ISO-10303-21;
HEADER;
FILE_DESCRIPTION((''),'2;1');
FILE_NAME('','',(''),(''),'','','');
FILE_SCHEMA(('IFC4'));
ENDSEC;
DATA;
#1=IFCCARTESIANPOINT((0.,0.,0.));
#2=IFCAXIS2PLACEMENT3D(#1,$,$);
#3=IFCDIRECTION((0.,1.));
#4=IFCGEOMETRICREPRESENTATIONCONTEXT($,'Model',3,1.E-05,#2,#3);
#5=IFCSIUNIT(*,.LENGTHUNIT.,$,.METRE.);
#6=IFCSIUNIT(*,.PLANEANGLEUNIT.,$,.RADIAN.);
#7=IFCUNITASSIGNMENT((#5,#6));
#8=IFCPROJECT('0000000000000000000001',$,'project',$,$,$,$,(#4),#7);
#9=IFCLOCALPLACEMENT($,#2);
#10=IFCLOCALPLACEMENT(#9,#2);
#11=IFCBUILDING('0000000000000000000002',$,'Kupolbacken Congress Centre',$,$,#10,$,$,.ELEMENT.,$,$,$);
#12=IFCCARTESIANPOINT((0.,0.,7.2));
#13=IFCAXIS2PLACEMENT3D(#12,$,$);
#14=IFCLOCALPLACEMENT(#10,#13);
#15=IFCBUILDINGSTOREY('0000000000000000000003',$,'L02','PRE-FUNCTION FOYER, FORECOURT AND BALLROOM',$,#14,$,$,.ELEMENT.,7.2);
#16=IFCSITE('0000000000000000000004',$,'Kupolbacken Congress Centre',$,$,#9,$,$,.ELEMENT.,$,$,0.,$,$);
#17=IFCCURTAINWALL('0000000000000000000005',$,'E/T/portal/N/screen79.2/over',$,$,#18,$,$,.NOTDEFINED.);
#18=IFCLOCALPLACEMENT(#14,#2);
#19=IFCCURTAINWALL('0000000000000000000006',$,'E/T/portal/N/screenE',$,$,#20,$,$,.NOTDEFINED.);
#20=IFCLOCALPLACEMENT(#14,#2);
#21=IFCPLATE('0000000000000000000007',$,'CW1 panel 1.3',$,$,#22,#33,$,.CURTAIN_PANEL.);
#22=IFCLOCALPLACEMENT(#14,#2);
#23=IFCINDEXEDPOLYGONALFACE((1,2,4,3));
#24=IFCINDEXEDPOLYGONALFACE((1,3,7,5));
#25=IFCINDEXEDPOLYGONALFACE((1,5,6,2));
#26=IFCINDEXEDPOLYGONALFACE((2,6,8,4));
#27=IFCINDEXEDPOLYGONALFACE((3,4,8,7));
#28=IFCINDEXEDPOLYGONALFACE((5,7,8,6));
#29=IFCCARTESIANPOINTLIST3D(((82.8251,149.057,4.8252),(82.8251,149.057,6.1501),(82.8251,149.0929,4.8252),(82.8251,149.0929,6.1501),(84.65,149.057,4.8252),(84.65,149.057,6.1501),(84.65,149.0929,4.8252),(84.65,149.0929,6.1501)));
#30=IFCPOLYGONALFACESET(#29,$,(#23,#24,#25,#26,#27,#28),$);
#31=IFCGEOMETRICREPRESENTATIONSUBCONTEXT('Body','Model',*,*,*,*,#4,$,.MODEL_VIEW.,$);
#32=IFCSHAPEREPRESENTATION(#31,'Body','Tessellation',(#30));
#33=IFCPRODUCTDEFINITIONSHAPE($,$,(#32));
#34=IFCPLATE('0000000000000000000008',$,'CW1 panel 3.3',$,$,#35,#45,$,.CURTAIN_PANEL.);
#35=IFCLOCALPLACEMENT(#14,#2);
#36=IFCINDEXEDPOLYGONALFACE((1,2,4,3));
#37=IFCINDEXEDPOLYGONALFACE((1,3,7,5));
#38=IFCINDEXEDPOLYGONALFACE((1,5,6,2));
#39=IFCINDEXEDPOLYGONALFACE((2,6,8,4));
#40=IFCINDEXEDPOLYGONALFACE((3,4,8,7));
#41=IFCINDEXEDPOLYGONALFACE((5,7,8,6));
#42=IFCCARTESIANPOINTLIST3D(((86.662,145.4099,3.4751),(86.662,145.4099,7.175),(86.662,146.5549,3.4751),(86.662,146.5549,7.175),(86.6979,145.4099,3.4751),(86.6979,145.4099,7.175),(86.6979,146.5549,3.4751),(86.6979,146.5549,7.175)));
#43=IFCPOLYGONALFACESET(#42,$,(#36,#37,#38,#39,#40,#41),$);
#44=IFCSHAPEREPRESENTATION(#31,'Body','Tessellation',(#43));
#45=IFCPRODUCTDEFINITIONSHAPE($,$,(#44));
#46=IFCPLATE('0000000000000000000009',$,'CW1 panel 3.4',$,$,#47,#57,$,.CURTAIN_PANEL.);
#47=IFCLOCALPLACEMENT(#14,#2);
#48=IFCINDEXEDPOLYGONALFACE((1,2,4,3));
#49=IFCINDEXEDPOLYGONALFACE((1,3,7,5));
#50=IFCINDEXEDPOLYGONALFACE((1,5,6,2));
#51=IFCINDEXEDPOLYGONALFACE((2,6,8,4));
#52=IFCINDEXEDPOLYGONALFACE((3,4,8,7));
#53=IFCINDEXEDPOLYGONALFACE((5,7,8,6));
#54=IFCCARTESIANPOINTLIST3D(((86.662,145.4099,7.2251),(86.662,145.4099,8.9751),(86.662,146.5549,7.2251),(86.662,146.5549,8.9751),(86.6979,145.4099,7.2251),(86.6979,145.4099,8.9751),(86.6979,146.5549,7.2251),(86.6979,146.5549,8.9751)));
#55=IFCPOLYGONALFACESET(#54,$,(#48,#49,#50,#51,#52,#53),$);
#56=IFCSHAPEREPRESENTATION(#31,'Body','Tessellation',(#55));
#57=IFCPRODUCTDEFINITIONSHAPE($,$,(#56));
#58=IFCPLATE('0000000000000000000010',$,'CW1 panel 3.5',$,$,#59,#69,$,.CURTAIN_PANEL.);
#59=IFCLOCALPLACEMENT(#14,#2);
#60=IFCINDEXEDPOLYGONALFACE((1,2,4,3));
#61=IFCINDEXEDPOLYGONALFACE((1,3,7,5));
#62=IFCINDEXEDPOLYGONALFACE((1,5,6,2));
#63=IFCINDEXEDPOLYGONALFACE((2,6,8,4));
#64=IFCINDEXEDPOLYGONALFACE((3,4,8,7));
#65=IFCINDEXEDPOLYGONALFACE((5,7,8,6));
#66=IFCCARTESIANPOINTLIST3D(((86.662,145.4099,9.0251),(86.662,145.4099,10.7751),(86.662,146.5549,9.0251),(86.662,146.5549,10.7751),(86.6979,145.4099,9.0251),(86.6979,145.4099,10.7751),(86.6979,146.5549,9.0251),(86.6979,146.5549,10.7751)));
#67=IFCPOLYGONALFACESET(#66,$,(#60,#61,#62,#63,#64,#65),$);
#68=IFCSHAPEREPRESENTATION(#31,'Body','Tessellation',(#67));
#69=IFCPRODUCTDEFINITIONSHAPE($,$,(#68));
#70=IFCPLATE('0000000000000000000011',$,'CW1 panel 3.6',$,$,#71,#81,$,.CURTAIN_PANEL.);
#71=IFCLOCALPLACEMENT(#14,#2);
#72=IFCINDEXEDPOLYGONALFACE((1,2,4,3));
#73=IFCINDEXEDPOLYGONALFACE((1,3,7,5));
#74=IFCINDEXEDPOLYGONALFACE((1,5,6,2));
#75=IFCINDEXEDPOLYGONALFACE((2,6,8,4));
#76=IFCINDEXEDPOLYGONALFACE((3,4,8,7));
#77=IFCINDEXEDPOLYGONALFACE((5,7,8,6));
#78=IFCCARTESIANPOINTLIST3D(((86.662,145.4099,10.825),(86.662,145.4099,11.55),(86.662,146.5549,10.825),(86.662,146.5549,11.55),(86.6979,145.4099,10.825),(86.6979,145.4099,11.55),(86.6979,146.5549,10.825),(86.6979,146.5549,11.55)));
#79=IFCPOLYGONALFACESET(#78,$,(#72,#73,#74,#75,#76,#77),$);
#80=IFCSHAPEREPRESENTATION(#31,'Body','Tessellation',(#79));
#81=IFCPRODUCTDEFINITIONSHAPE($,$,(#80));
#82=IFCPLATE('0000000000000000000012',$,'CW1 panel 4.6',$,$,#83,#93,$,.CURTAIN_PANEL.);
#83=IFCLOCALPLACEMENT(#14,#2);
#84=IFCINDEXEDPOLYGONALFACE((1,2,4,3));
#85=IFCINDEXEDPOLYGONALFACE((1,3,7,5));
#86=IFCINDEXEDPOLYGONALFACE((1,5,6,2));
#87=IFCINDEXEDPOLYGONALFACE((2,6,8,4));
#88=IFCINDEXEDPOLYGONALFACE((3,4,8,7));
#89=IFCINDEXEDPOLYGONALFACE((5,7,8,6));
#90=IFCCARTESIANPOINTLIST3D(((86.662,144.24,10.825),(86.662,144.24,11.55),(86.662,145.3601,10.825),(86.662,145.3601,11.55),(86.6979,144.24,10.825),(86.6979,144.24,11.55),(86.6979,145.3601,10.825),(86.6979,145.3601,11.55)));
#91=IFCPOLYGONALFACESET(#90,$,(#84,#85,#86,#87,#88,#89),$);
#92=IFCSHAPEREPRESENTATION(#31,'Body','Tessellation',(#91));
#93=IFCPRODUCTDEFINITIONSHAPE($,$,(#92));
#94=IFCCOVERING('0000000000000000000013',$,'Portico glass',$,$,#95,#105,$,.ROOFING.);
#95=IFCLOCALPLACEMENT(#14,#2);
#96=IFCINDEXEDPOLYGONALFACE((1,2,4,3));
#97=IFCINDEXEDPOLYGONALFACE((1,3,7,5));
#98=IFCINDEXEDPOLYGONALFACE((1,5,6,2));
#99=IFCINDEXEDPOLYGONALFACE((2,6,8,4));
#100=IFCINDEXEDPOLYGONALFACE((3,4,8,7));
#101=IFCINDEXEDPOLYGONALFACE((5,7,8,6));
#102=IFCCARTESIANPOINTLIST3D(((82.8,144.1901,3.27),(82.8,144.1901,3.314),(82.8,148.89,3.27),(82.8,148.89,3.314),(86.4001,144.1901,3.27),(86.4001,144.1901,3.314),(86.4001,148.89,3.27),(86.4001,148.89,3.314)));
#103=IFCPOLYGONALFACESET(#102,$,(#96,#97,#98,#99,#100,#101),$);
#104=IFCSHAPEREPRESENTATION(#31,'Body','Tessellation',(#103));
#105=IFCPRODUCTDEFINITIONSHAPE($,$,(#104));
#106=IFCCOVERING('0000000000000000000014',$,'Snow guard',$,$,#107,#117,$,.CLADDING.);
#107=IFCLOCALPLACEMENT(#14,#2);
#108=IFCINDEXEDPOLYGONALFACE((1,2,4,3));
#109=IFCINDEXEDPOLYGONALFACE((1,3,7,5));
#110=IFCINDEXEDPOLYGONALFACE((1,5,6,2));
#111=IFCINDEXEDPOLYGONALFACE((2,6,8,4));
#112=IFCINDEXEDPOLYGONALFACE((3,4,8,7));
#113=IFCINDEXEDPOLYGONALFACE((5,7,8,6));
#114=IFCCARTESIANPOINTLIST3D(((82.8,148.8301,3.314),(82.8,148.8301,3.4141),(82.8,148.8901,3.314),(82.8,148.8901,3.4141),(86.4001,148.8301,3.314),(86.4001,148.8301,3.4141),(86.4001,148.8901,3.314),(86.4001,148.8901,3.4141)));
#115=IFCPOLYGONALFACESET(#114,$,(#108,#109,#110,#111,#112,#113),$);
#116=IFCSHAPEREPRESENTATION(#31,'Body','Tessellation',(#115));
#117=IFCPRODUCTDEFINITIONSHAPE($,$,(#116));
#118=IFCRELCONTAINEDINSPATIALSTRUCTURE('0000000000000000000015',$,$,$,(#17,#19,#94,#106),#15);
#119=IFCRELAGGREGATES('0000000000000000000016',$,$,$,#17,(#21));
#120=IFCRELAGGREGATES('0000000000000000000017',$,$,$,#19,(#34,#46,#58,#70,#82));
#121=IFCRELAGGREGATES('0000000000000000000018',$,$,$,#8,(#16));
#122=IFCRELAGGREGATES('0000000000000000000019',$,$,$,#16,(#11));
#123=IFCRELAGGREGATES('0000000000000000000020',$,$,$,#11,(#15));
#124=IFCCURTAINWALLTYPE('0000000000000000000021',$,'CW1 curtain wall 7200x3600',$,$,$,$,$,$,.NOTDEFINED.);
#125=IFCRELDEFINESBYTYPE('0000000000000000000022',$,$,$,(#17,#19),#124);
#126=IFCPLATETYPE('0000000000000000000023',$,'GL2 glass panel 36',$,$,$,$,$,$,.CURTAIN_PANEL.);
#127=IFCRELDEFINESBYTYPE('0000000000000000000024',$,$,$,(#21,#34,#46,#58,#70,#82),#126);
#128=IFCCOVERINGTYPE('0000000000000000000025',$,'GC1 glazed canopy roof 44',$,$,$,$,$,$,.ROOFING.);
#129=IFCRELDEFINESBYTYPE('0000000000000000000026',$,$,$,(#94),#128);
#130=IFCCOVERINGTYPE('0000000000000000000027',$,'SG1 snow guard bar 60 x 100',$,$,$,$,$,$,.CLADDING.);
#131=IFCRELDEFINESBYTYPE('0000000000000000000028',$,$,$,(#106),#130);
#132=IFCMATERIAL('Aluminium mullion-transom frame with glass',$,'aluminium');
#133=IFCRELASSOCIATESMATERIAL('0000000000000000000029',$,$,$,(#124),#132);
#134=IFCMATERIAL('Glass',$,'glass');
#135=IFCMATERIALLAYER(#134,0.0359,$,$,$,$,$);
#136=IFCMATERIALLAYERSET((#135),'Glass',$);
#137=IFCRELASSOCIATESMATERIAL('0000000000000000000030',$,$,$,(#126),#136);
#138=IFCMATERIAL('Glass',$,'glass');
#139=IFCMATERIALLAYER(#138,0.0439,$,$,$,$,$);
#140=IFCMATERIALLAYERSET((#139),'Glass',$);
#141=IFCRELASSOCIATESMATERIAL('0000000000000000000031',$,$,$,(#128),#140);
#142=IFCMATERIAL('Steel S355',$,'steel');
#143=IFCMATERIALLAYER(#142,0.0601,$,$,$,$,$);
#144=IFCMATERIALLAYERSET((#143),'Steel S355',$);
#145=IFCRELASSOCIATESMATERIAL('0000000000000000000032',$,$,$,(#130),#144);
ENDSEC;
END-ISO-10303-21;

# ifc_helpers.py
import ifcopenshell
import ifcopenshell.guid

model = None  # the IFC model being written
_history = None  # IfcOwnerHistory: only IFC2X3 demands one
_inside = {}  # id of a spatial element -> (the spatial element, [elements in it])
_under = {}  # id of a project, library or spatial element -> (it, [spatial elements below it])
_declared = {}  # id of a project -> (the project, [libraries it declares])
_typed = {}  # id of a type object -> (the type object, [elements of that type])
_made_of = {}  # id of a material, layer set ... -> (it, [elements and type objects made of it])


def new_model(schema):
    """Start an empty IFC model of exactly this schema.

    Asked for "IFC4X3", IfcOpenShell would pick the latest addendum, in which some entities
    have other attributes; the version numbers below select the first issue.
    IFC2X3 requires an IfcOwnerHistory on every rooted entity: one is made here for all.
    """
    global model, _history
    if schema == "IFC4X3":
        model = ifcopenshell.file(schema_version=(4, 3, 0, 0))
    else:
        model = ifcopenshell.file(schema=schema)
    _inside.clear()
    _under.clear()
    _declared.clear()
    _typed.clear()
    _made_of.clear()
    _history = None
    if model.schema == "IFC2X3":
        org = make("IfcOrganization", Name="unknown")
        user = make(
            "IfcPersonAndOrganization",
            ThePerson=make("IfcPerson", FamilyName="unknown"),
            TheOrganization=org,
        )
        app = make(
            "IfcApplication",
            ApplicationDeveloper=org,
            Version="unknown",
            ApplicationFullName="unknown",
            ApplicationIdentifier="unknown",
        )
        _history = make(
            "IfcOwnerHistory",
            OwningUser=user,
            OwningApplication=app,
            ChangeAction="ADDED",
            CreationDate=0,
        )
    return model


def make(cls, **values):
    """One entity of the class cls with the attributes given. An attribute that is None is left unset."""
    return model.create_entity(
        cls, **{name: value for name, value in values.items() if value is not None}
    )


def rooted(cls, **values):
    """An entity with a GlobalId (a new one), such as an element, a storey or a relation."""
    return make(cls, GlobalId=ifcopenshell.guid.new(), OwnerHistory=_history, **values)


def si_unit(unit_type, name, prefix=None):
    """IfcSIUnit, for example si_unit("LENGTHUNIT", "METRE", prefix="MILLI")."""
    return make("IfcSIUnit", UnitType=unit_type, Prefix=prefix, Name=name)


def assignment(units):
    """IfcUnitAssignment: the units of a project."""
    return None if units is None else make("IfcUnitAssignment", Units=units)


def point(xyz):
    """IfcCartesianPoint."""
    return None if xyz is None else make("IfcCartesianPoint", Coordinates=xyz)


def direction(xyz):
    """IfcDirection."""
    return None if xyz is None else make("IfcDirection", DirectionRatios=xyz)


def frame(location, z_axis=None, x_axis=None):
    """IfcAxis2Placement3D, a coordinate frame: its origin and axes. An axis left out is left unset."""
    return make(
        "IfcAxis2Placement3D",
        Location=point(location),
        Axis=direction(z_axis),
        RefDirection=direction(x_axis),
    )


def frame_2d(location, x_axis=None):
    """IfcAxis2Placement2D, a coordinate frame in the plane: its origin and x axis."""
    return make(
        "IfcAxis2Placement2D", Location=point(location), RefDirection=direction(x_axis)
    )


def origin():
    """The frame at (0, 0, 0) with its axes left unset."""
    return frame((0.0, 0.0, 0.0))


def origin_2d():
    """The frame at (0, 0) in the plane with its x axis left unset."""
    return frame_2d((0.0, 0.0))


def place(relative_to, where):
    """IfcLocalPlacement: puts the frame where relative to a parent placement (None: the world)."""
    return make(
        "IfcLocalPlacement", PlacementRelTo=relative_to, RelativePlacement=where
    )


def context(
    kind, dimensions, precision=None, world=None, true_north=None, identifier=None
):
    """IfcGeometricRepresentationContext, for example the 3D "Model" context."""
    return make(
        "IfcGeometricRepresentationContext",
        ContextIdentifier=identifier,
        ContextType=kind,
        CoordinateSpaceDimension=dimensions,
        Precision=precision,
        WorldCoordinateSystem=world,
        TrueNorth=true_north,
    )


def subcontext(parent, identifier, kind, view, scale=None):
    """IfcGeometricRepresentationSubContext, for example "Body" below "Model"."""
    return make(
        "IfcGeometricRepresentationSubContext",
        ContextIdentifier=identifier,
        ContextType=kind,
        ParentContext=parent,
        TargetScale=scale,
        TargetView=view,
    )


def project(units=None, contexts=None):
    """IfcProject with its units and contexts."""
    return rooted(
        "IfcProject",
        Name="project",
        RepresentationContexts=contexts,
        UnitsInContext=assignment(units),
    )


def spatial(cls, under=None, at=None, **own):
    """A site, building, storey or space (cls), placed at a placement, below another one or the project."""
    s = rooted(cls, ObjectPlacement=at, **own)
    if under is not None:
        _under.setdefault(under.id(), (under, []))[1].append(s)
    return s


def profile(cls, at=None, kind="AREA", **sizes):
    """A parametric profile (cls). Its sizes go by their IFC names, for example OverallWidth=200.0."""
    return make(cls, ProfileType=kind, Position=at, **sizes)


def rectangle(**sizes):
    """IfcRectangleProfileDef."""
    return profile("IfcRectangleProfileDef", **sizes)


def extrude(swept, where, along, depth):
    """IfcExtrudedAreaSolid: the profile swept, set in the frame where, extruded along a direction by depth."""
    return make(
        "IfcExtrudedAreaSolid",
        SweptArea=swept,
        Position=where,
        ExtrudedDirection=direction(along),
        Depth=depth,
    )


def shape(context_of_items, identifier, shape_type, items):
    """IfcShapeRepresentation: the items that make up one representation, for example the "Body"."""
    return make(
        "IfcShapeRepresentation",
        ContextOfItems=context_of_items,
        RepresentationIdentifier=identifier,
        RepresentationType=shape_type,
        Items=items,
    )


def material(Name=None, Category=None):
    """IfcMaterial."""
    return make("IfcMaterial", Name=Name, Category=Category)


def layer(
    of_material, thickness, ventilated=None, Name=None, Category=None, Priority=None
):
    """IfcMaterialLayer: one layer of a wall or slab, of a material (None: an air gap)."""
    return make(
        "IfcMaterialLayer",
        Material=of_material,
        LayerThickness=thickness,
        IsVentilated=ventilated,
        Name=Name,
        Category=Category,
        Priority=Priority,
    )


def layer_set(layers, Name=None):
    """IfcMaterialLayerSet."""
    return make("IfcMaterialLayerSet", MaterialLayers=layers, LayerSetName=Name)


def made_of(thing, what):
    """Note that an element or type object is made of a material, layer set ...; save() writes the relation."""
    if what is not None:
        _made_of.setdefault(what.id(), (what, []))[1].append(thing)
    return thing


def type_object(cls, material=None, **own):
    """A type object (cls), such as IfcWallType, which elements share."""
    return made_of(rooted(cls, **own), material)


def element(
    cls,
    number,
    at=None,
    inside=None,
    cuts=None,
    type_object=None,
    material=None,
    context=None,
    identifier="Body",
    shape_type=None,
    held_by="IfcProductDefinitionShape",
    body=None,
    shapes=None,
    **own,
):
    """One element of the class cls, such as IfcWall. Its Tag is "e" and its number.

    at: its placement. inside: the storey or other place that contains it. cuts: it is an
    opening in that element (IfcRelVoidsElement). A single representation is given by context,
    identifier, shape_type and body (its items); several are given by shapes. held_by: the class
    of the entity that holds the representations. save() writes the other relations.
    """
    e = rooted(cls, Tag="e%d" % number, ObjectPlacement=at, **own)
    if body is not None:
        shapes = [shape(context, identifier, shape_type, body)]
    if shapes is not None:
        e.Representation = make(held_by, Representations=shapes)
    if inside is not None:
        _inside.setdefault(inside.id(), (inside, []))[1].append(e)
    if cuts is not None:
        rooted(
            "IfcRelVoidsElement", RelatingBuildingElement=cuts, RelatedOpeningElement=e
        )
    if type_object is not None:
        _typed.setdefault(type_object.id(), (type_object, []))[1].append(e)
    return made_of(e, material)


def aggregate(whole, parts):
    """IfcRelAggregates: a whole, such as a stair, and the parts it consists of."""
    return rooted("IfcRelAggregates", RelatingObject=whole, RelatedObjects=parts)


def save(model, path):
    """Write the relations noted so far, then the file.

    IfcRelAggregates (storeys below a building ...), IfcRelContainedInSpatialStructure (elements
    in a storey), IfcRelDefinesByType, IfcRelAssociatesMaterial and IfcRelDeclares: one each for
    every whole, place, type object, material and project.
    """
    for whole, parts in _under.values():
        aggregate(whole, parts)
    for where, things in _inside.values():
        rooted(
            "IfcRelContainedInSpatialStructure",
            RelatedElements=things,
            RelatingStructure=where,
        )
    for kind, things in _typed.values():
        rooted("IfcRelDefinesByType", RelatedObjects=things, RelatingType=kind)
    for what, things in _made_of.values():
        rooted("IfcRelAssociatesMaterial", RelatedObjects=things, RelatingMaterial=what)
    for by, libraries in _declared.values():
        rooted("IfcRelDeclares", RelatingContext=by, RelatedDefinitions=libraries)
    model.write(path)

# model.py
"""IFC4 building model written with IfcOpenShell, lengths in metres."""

from ifc_helpers import new_model, si_unit, direction, frame, origin, origin_2d, place, context, subcontext, project, spatial, rectangle, extrude, material, layer, layer_set, type_object, element, aggregate, save


model = new_model("IFC4")

# Units and contexts
model_context = context("Model", 3, precision=1e-05, world=origin(), true_north=direction((0.0, 1.0)))
body_context = subcontext(model_context, "Body", "Model", "MODEL_VIEW")
ifc_project = project(units=[si_unit("LENGTHUNIT", "METRE"), si_unit("PLANEANGLEUNIT", "RADIAN")], contexts=[model_context])

# Site, building, storey
site_placement = place(None, origin())
site = spatial("IfcSite", under=ifc_project, at=site_placement, Name="Kupolbacken Congress Centre", CompositionType="ELEMENT", RefElevation=0.0)
building_placement = place(site_placement, origin())
building = spatial("IfcBuilding", under=site, at=building_placement, Name="Kupolbacken Congress Centre", CompositionType="ELEMENT")
storey_placement = place(building_placement, frame((0.0, 0.0, 7.2)))
storey = spatial("IfcBuildingStorey", under=building, at=storey_placement, Name="L02", Description="PRE-FUNCTION FOYER, FORECOURT AND BALLROOM", CompositionType="ELEMENT", Elevation=7.2)

# Curtain walls
ifc_material_1 = material(Name="Aluminium mullion-transom frame with glass", Category="aluminium")
curtain_wall_type = type_object("IfcCurtainWallType", Name="CW1 curtain wall 7200x3600", PredefinedType="NOTDEFINED", material=ifc_material_1)
curtain_wall_1_placement = place(storey_placement, origin())
curtain_wall_1 = element("IfcCurtainWall", 1, at=curtain_wall_1_placement, inside=storey, type_object=curtain_wall_type, Name="E/T/portal/N/screen79.2/over", PredefinedType="NOTDEFINED")
curtain_wall_2_placement = place(storey_placement, origin())
curtain_wall_2 = element("IfcCurtainWall", 2, at=curtain_wall_2_placement, inside=storey, type_object=curtain_wall_type, Name="E/T/portal/N/screenE", PredefinedType="NOTDEFINED")

# Plates
ifc_material_2 = material(Name="Glass", Category="glass")
ifc_layer_1 = layer(ifc_material_2, 0.0359)
ifc_layer_set_1 = layer_set([ifc_layer_1], Name="Glass")
plate_type = type_object("IfcPlateType", Name="GL2 glass panel 36", PredefinedType="CURTAIN_PANEL", material=ifc_layer_set_1)
plate_1_placement = place(storey_placement, frame((83.7375, 149.075, 4.8252), z_axis=(0.0, 0.0, 1.0), x_axis=(-1.0, 0.0, 0.0)))
plate_1 = element("IfcPlate", 3, at=plate_1_placement, type_object=plate_type, Name="CW1 panel 1.3", PredefinedType="CURTAIN_PANEL", context=body_context, shape_type="SweptSolid", body=[
    extrude(rectangle(XDim=1.825, YDim=0.0359, at=origin_2d()), origin(), (0.0, 0.0, 1.0), 1.325),
])
aggregate(curtain_wall_1, [plate_1])
plate_2_placement = place(storey_placement, frame((86.6799, 145.9824, 3.4751), z_axis=(0.0, 0.0, 1.0), x_axis=(0.0, -1.0, 0.0)))
plate_2 = element("IfcPlate", 4, at=plate_2_placement, type_object=plate_type, Name="CW1 panel 3.3", PredefinedType="CURTAIN_PANEL", context=body_context, shape_type="SweptSolid", body=[
    extrude(rectangle(XDim=1.145, YDim=0.0359, at=origin_2d()), origin(), (0.0, 0.0, 1.0), 3.7),
])
plate_3_placement = place(storey_placement, frame((86.6799, 145.9824, 7.2251), z_axis=(0.0, 0.0, 1.0), x_axis=(0.0, -1.0, 0.0)))
plate_3 = element("IfcPlate", 5, at=plate_3_placement, type_object=plate_type, Name="CW1 panel 3.4", PredefinedType="CURTAIN_PANEL", context=body_context, shape_type="SweptSolid", body=[
    extrude(rectangle(XDim=1.145, YDim=0.0359, at=origin_2d()), origin(), (0.0, 0.0, 1.0), 1.75),
])
plate_4_placement = place(storey_placement, frame((86.6799, 145.9824, 9.0251), z_axis=(0.0, 0.0, 1.0), x_axis=(0.0, -1.0, 0.0)))
plate_4 = element("IfcPlate", 6, at=plate_4_placement, type_object=plate_type, Name="CW1 panel 3.5", PredefinedType="CURTAIN_PANEL", context=body_context, shape_type="SweptSolid", body=[
    extrude(rectangle(XDim=1.145, YDim=0.0359, at=origin_2d()), origin(), (0.0, 0.0, 1.0), 1.75),
])
plate_5_placement = place(storey_placement, frame((86.6799, 145.9824, 10.825), z_axis=(0.0, 0.0, 1.0), x_axis=(0.0, -1.0, 0.0)))
plate_5 = element("IfcPlate", 7, at=plate_5_placement, type_object=plate_type, Name="CW1 panel 3.6", PredefinedType="CURTAIN_PANEL", context=body_context, shape_type="SweptSolid", body=[
    extrude(rectangle(XDim=1.145, YDim=0.0359, at=origin_2d()), origin(), (0.0, 0.0, 1.0), 0.7251),
])
plate_6_placement = place(storey_placement, frame((86.6799, 144.8, 10.825), z_axis=(0.0, 0.0, 1.0), x_axis=(0.0, -1.0, 0.0)))
plate_6 = element("IfcPlate", 8, at=plate_6_placement, type_object=plate_type, Name="CW1 panel 4.6", PredefinedType="CURTAIN_PANEL", context=body_context, shape_type="SweptSolid", body=[
    extrude(rectangle(XDim=1.1201, YDim=0.0359, at=origin_2d()), origin(), (0.0, 0.0, 1.0), 0.7251),
])
aggregate(curtain_wall_2, [plate_2, plate_3, plate_4, plate_5, plate_6])

# Coverings
ifc_material_3 = material(Name="Glass", Category="glass")
ifc_layer_2 = layer(ifc_material_3, 0.0439)
ifc_layer_set_2 = layer_set([ifc_layer_2], Name="Glass")
covering_type_1 = type_object("IfcCoveringType", Name="GC1 glazed canopy roof 44", PredefinedType="ROOFING", material=ifc_layer_set_2)
covering_1_placement = place(storey_placement, frame((84.6001, 146.54, 3.27), z_axis=(0.0, 0.0, 1.0), x_axis=(1.0, 0.0, 0.0)))
element("IfcCovering", 9, at=covering_1_placement, inside=storey, type_object=covering_type_1, Name="Portico glass", PredefinedType="ROOFING", context=body_context, shape_type="SweptSolid", body=[
    extrude(rectangle(XDim=3.6001, YDim=4.7, at=origin_2d()), origin(), (0.0, 0.0, 1.0), 0.0439),
])
ifc_material_4 = material(Name="Steel S355", Category="steel")
ifc_layer_3 = layer(ifc_material_4, 0.0601)
ifc_layer_set_3 = layer_set([ifc_layer_3], Name="Steel S355")
covering_type_2 = type_object("IfcCoveringType", Name="SG1 snow guard bar 60 x 100", PredefinedType="CLADDING", material=ifc_layer_set_3)
covering_2_placement = place(storey_placement, frame((84.6001, 148.8601, 3.314), z_axis=(0.0, 0.0, 1.0), x_axis=(1.0, 0.0, 0.0)))
element("IfcCovering", 10, at=covering_2_placement, inside=storey, type_object=covering_type_2, Name="Snow guard", PredefinedType="CLADDING", context=body_context, shape_type="SweptSolid", body=[
    extrude(rectangle(XDim=3.6001, YDim=0.0601, at=origin_2d()), origin(), (0.0, 0.0, 1.0), 0.1001),
])

save(model, "model.ifc")
